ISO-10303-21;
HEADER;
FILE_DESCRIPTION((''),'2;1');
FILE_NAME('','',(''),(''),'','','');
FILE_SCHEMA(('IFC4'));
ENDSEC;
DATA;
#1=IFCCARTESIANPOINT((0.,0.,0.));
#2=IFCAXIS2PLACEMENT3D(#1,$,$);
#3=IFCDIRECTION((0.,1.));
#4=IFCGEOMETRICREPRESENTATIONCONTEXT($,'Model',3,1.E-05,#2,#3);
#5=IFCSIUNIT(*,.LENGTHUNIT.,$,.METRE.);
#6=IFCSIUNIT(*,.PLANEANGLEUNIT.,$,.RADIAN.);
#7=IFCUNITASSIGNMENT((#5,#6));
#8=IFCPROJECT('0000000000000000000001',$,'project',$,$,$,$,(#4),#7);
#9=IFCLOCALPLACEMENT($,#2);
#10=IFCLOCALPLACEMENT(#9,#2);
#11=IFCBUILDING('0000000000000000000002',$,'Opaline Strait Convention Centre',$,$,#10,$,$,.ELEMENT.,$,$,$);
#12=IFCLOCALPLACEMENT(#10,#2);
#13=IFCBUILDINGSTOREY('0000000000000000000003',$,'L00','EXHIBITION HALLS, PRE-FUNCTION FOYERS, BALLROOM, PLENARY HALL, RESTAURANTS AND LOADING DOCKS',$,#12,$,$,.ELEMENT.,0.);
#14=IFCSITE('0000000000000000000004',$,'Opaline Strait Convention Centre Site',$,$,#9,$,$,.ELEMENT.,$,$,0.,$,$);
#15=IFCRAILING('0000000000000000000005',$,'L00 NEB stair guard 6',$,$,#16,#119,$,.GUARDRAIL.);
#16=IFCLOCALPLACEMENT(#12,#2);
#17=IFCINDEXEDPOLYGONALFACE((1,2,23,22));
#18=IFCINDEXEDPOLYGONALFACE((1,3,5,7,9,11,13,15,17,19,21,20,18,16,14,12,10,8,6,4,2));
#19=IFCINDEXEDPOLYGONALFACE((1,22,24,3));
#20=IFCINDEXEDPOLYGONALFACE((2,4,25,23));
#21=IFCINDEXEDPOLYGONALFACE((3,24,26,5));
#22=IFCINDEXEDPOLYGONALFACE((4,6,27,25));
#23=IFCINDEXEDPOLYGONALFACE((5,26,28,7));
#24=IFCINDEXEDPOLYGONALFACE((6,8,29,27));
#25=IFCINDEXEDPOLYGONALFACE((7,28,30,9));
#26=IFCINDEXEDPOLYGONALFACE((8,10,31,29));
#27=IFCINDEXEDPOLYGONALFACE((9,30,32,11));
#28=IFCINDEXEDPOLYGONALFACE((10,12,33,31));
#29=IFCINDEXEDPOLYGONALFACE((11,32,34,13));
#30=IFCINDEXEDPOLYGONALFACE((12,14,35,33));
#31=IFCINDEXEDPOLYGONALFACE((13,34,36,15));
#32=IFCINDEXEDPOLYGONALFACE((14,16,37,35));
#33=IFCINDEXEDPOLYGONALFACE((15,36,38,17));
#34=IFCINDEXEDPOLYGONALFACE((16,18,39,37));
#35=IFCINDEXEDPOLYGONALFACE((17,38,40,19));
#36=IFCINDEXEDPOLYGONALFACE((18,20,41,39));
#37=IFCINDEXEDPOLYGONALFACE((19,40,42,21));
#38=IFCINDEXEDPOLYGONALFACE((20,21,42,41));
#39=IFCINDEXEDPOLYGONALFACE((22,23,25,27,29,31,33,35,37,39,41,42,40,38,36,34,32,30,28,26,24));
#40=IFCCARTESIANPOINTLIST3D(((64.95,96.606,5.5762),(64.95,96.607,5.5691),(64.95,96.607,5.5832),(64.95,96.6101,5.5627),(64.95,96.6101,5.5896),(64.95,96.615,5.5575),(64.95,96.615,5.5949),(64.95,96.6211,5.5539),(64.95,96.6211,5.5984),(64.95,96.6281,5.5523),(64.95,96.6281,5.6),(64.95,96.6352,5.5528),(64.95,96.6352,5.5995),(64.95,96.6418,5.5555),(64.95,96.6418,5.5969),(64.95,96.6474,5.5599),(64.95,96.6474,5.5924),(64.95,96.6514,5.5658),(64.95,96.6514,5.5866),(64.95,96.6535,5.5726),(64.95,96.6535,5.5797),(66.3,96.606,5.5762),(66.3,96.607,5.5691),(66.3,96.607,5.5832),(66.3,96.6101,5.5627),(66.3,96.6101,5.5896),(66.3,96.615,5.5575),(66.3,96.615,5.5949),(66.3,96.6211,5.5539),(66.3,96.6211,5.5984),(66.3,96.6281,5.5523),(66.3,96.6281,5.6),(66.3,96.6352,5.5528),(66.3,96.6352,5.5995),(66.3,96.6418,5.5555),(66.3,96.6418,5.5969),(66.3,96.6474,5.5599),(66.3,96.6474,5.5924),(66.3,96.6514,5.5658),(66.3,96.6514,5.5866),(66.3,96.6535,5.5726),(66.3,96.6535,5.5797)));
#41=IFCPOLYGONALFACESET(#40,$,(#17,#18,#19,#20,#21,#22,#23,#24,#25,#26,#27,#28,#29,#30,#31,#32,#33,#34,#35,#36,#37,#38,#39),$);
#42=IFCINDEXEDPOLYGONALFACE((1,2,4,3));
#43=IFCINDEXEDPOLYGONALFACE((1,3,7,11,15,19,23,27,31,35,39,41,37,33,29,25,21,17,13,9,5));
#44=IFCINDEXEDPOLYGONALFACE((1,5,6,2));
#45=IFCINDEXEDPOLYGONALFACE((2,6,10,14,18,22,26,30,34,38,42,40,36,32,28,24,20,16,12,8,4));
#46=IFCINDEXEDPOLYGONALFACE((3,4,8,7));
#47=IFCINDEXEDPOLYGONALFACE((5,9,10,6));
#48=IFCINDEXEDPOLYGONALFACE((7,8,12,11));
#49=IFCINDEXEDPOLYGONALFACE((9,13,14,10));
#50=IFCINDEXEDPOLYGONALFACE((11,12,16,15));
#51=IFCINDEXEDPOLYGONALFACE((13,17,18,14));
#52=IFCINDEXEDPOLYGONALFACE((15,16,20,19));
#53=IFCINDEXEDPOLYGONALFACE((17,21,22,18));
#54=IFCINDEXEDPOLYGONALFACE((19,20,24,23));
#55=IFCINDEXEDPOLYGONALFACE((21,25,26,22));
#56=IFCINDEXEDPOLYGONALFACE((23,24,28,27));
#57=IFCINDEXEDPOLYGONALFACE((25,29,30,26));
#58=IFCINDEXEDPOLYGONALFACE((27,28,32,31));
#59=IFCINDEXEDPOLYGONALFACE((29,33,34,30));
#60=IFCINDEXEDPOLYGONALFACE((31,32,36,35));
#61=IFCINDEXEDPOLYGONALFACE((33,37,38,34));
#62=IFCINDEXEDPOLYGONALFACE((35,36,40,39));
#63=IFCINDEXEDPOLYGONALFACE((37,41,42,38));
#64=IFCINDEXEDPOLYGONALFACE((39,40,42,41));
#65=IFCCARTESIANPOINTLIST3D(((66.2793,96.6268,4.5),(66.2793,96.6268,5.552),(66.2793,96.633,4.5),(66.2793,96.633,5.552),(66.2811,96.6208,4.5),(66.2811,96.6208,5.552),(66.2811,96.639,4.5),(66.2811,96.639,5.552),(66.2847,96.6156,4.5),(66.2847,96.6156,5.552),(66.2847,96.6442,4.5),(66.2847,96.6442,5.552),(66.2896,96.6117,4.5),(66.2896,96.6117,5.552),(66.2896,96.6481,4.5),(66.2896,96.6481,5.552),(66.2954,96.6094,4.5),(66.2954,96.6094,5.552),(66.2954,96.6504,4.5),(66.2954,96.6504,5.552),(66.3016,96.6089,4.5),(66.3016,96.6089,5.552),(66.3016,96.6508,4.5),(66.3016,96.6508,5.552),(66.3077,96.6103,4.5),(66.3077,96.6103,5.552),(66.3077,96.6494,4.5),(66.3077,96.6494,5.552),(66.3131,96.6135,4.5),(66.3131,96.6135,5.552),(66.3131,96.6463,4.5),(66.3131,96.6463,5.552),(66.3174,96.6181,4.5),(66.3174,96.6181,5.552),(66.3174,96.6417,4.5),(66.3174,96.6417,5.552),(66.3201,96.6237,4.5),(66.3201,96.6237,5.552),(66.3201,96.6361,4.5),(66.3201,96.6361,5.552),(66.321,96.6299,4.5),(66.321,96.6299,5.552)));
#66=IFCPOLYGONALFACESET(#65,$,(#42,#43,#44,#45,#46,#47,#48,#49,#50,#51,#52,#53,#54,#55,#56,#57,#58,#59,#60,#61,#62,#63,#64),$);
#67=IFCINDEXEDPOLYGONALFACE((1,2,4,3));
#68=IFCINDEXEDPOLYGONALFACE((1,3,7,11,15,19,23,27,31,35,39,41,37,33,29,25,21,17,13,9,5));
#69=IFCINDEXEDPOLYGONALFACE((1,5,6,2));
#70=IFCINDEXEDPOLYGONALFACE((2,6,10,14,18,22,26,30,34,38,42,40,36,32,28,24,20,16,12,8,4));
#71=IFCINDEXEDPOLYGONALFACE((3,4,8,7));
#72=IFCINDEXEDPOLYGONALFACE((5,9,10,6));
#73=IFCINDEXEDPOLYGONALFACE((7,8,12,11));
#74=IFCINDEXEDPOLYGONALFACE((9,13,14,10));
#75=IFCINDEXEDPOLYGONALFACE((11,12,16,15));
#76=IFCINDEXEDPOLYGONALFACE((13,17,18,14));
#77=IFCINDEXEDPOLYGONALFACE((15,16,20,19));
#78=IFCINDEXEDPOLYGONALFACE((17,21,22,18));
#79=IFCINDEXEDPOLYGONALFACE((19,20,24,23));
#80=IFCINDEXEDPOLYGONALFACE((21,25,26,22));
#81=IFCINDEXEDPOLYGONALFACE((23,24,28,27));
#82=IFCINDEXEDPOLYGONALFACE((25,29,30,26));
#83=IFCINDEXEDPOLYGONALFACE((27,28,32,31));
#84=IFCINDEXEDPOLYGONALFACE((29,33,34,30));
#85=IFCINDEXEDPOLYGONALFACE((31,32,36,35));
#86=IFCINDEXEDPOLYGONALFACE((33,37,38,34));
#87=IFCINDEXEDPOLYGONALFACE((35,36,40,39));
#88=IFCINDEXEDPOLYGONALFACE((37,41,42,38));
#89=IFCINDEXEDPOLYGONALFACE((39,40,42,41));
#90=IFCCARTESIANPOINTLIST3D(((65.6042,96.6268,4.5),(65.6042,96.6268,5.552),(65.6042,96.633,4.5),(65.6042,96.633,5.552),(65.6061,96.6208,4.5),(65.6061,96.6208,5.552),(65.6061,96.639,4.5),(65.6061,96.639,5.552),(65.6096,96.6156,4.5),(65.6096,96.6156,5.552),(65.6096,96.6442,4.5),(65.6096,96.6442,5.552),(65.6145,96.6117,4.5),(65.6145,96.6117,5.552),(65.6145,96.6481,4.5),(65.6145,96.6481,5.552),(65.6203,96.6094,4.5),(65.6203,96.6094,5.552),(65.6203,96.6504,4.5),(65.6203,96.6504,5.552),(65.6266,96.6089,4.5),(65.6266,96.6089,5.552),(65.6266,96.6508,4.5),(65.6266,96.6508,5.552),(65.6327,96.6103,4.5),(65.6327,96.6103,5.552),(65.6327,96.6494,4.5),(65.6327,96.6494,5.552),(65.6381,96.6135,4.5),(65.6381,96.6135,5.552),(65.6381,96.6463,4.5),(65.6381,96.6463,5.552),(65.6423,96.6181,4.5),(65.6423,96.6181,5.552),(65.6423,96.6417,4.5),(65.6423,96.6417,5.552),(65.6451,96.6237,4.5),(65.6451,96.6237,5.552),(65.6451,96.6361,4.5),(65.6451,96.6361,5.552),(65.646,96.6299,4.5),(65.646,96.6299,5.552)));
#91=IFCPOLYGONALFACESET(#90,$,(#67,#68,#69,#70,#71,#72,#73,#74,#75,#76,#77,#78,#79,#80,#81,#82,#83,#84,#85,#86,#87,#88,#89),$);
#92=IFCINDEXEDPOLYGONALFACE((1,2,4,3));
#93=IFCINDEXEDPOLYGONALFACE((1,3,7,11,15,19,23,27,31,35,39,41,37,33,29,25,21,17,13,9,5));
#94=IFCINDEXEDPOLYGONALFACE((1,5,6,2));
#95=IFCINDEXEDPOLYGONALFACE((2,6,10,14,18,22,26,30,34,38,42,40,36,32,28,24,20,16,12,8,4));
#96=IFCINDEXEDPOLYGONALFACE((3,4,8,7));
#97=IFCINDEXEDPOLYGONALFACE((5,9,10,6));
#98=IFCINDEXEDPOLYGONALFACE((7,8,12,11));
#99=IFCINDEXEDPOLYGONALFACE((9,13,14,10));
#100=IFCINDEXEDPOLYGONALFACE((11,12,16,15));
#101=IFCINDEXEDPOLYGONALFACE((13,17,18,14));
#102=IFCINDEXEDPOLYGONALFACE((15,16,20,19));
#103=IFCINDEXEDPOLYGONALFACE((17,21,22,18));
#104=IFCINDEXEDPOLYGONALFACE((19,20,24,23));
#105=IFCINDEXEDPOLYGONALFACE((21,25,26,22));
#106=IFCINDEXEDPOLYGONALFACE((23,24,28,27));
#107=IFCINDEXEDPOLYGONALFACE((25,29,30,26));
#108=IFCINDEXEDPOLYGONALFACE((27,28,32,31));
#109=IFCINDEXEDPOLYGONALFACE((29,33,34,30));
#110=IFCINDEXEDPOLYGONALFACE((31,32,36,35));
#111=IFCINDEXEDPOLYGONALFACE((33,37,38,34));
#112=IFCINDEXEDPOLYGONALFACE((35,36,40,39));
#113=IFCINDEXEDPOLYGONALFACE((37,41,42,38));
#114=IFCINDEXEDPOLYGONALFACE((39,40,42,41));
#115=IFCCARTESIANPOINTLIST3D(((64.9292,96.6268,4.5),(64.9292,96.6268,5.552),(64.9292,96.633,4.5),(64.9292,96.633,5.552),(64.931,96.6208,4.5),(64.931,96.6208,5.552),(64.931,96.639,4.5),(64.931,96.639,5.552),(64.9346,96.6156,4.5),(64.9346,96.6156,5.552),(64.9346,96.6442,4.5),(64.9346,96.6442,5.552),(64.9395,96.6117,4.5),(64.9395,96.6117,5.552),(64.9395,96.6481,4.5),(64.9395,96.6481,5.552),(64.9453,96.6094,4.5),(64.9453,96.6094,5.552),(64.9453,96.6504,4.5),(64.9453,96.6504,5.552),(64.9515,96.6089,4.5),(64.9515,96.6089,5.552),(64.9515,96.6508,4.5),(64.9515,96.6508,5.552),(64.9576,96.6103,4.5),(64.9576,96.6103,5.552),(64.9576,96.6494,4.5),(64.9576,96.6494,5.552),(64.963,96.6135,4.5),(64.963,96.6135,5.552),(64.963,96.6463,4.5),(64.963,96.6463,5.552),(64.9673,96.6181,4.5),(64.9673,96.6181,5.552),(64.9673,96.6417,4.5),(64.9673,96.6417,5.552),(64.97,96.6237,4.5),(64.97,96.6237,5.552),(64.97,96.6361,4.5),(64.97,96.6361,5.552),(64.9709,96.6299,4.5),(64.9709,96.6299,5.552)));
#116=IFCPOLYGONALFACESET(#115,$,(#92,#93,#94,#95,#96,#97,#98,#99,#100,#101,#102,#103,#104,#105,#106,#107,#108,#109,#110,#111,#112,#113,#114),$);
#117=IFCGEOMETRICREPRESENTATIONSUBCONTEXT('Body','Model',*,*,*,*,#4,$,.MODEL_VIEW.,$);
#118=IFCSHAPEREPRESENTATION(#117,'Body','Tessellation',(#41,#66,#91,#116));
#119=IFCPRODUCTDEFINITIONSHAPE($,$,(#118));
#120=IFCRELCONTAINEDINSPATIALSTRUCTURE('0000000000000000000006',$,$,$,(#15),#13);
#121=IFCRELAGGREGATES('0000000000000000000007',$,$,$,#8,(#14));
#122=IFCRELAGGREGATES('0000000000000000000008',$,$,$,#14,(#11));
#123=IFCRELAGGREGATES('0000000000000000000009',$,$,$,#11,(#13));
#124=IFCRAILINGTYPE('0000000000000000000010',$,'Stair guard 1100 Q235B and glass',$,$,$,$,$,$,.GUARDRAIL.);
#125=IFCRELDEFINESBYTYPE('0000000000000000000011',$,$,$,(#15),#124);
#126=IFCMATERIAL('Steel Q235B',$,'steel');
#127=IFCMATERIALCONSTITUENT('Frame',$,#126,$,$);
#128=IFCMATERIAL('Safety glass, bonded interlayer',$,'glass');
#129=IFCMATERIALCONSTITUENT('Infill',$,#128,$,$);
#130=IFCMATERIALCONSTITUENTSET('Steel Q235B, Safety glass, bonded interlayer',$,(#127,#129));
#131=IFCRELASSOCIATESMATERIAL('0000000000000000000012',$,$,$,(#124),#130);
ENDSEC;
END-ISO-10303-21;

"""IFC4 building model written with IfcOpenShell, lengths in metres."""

from ifc_helpers import new_model, si_unit, direction, frame, origin, origin_2d, place, context, subcontext, project, spatial, circle, extrude, material, constituent, constituent_set, type_object, element, save


model = new_model("IFC4")

# Units and contexts
model_context = context("Model", 3, precision=1e-05, world=origin(), true_north=direction((0.0, 1.0)))
body_context = subcontext(model_context, "Body", "Model", "MODEL_VIEW")
ifc_project = project(units=[si_unit("LENGTHUNIT", "METRE"), si_unit("PLANEANGLEUNIT", "RADIAN")], contexts=[model_context])

# Site, building, storey
site_placement = place(None, origin())
site = spatial("IfcSite", under=ifc_project, at=site_placement, Name="Opaline Strait Convention Centre Site", CompositionType="ELEMENT", RefElevation=0.0)
building_placement = place(site_placement, origin())
building = spatial("IfcBuilding", under=site, at=building_placement, Name="Opaline Strait Convention Centre", CompositionType="ELEMENT")
storey_placement = place(building_placement, origin())
storey = spatial("IfcBuildingStorey", under=building, at=storey_placement, Name="L00", Description="EXHIBITION HALLS, PRE-FUNCTION FOYERS, BALLROOM, PLENARY HALL, RESTAURANTS AND LOADING DOCKS", CompositionType="ELEMENT", Elevation=0.0)

# Railing
ifc_material_1 = material(Name="Steel Q235B", Category="steel")
ifc_constituent_1 = constituent(ifc_material_1, Name="Frame")
ifc_material_2 = material(Name="Safety glass, bonded interlayer", Category="glass")
ifc_constituent_2 = constituent(ifc_material_2, Name="Infill")
ifc_constituent_set = constituent_set(constituents=[ifc_constituent_1, ifc_constituent_2], Name="Steel Q235B, Safety glass, bonded interlayer")
railing_type_1 = type_object("IfcRailingType", Name="Stair guard 1100 Q235B and glass", PredefinedType="GUARDRAIL", material=ifc_constituent_set)
railing_1_placement = place(storey_placement, frame((66.3, 96.6299, 4.5)))
element("IfcRailing", 1, at=railing_1_placement, inside=storey, type_object=railing_type_1, Name="L00 NEB stair guard 6", PredefinedType="GUARDRAIL", context=body_context, shape_type="SweptSolid", body=[
    extrude(circle(Radius=0.0239, at=origin_2d()), frame((0.0, 0.0, 1.0762), z_axis=(-1.0, 0.0, 0.0), x_axis=(0.0, -1.0, 0.0)), (0.0, 0.0, 1.0), 1.3501),
    extrude(circle(Radius=0.021, at=origin_2d()), origin(), (0.0, 0.0, 1.0), 1.052),
    extrude(circle(Radius=0.021, at=origin_2d()), frame((-0.675, 0.0, 0.0)), (0.0, 0.0, 1.0), 1.052),
    extrude(circle(Radius=0.021, at=origin_2d()), frame((-1.3501, 0.0, 0.0)), (0.0, 0.0, 1.0), 1.052),
])

save(model, "model.ifc")
